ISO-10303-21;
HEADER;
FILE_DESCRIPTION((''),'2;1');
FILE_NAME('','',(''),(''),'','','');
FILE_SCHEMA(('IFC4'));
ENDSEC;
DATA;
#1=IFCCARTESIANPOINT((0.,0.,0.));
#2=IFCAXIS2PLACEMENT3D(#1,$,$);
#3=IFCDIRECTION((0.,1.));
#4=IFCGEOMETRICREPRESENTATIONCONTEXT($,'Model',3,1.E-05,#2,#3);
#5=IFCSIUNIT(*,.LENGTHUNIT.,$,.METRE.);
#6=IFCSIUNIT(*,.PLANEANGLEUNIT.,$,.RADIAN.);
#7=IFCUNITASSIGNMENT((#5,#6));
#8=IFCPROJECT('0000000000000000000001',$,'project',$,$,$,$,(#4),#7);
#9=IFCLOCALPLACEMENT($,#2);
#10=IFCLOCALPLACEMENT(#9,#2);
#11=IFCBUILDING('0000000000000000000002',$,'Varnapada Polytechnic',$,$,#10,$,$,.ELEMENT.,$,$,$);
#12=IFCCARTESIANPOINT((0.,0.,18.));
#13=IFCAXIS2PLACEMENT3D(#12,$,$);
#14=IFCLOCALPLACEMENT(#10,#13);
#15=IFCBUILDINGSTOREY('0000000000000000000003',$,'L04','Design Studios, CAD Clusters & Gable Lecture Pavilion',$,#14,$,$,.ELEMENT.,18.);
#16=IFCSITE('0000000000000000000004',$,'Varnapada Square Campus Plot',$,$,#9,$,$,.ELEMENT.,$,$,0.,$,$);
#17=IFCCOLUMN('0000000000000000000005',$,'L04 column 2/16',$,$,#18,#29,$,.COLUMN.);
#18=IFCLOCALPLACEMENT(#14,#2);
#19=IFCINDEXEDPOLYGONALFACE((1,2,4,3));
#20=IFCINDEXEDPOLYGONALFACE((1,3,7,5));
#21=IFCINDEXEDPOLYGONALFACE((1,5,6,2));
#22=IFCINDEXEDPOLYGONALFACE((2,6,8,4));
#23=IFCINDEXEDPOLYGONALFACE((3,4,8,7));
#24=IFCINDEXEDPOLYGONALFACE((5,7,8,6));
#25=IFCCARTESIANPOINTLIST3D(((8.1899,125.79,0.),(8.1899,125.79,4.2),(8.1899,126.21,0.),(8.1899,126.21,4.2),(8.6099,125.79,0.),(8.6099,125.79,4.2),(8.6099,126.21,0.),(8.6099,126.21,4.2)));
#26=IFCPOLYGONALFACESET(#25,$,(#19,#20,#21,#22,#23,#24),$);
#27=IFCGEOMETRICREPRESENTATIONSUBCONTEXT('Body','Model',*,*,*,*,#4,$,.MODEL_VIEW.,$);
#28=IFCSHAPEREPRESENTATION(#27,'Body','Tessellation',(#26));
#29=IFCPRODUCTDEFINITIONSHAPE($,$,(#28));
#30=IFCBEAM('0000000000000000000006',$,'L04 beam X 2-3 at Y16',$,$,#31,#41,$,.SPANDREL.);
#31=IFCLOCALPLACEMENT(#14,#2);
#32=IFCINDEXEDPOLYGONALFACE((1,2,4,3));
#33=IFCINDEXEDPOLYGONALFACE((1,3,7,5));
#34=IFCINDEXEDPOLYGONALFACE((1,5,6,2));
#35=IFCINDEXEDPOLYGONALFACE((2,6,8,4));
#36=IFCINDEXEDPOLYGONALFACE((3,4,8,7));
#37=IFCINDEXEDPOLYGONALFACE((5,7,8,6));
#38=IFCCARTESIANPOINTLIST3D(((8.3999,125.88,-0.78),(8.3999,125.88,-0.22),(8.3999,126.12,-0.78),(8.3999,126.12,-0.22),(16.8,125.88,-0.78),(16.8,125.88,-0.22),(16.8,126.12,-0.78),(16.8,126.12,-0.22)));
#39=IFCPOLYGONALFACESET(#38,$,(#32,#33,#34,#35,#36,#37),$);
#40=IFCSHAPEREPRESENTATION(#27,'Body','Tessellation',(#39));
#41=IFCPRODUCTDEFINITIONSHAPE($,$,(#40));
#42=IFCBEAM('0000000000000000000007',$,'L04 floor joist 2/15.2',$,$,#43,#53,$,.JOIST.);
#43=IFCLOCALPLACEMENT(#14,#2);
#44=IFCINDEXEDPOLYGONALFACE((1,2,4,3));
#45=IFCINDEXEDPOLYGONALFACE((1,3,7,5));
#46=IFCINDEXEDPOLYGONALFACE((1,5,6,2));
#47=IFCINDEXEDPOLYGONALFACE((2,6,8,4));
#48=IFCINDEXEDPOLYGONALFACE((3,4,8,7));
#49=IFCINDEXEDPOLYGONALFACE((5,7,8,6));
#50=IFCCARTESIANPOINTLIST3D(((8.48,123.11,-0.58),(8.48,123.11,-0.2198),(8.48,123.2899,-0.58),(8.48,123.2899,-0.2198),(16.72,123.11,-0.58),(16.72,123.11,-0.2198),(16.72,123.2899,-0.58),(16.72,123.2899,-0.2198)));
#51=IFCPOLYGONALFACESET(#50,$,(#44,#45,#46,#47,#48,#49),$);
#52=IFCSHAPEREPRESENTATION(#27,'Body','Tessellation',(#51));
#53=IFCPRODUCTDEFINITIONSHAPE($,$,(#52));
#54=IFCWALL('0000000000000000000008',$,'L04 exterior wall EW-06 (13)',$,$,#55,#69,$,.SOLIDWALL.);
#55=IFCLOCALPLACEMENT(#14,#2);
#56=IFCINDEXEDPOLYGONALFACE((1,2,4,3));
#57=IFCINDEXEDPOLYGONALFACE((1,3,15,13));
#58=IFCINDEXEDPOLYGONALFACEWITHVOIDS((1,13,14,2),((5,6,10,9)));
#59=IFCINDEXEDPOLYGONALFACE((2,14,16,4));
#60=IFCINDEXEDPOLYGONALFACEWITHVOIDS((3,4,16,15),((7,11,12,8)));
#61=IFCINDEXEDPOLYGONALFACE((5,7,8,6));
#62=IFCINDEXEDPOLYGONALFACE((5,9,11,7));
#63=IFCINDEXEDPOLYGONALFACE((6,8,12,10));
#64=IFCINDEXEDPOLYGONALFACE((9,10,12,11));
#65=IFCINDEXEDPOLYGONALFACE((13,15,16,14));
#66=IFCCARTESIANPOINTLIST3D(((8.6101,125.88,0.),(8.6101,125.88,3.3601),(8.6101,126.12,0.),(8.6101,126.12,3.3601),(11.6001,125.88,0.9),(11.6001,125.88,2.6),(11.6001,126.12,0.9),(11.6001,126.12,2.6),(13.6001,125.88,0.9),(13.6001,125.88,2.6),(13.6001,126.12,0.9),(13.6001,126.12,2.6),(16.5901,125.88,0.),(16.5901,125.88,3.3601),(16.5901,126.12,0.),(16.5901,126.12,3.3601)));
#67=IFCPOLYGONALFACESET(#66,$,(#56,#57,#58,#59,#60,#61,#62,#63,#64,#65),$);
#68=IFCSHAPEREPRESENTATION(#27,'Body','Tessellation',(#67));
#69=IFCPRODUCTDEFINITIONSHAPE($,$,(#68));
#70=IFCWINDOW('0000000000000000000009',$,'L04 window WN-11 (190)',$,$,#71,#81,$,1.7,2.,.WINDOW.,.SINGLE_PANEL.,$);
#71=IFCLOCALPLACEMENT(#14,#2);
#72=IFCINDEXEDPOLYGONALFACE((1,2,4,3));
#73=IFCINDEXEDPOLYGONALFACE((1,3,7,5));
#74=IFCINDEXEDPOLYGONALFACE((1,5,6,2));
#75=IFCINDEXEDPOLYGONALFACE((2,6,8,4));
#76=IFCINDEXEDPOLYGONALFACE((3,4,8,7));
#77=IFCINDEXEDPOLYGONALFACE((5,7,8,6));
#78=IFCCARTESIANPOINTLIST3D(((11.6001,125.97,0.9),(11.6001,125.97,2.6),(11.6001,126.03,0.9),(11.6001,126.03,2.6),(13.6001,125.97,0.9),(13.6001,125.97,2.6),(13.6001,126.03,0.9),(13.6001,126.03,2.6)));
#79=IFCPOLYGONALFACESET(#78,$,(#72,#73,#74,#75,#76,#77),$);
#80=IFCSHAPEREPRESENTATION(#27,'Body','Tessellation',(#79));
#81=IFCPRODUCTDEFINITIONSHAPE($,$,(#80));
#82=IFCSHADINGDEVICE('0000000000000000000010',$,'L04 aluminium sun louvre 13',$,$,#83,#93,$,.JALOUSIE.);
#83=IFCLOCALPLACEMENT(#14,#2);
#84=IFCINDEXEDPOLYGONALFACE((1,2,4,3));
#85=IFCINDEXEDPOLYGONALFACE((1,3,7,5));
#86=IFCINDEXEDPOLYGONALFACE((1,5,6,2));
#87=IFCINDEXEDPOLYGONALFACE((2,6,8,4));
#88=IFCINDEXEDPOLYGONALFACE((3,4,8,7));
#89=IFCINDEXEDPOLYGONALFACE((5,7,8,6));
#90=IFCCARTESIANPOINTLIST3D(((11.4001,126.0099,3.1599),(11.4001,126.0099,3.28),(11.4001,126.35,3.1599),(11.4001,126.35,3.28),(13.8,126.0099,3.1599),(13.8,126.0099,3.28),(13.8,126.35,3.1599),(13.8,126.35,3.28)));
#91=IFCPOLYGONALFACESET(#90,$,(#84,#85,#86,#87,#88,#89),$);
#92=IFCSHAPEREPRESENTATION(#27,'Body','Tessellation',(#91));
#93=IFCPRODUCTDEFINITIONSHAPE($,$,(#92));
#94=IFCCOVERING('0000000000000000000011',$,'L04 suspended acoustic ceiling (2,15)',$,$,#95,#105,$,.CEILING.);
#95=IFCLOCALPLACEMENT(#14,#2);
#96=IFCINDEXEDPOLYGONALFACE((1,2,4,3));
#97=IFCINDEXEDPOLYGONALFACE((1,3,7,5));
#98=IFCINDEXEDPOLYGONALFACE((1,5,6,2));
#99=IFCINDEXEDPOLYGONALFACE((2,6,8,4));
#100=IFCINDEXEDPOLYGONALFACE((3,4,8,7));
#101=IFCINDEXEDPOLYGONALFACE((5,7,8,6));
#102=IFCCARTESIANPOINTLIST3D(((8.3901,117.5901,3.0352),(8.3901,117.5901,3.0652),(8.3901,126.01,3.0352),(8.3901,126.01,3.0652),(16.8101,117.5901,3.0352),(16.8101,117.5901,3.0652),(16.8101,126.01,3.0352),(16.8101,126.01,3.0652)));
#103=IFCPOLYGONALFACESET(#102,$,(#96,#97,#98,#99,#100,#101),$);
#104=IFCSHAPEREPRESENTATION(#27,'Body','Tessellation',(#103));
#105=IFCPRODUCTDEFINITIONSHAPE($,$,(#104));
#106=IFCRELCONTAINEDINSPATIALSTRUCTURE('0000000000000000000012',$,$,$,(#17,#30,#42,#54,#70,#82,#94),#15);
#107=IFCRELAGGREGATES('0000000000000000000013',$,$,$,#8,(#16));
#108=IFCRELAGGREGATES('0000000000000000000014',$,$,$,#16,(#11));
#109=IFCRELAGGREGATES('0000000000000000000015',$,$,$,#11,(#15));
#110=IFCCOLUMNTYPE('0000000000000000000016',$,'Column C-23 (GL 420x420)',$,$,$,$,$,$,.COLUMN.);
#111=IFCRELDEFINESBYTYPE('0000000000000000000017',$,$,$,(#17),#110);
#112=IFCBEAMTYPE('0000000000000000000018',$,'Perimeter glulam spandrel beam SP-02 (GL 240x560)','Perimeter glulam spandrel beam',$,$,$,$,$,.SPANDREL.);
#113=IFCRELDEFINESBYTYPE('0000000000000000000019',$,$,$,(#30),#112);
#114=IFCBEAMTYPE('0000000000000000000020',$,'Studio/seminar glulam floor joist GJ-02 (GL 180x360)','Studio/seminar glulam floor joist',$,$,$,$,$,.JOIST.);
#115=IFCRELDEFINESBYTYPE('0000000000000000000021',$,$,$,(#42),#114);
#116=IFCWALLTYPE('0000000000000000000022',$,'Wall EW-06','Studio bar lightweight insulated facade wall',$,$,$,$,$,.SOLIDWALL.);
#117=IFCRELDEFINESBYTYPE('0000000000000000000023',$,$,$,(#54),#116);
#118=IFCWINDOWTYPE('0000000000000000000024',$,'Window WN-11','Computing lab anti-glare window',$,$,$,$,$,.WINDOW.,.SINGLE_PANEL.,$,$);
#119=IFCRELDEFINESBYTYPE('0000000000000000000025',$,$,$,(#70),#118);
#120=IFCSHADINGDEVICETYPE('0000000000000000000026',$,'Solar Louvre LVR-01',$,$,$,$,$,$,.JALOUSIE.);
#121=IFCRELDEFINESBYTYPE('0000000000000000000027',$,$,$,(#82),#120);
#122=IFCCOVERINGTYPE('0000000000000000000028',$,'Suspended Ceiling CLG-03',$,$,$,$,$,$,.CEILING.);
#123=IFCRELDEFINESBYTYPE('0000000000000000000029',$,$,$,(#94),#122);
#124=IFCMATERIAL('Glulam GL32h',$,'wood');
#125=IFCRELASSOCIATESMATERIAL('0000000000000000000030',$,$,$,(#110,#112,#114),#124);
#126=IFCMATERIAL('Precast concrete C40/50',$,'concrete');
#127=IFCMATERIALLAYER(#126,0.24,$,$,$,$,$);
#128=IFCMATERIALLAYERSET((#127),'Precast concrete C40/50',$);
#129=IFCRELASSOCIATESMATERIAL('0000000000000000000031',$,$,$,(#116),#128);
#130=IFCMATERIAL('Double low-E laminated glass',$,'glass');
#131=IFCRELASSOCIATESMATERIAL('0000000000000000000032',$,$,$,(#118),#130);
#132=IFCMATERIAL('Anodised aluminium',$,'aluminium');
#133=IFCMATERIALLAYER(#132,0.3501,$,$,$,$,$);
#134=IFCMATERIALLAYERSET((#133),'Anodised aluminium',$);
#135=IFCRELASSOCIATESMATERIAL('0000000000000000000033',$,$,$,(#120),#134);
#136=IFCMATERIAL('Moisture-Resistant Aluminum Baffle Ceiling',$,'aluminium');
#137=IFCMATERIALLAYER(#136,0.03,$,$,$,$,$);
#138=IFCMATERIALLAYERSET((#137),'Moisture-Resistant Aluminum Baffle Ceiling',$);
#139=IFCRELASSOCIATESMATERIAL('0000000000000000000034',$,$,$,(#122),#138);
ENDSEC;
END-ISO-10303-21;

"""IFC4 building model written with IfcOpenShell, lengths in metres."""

from ifc_helpers import new_model, si_unit, direction, frame, frame_2d, origin, origin_2d, place, context, subcontext, project, spatial, rectangle, extrude, material, layer, layer_set, material_profile, profile_set, type_object, element, fill, save


model = new_model("IFC4")

# Units and contexts
model_context = context("Model", 3, precision=1e-05, world=origin(), true_north=direction((0.0, 1.0)))
body_context = subcontext(model_context, "Body", "Model", "MODEL_VIEW")
ifc_project = project(units=[si_unit("LENGTHUNIT", "METRE"), si_unit("PLANEANGLEUNIT", "RADIAN")], contexts=[model_context])

# Site, building, storey
site_placement = place(None, origin())
site = spatial("IfcSite", under=ifc_project, at=site_placement, Name="Varnapada Square Campus Plot", CompositionType="ELEMENT", RefElevation=0.0)
building_placement = place(site_placement, origin())
building = spatial("IfcBuilding", under=site, at=building_placement, Name="Varnapada Polytechnic", CompositionType="ELEMENT")
storey_placement = place(building_placement, frame((0.0, 0.0, 18.0)))
storey = spatial("IfcBuildingStorey", under=building, at=storey_placement, Name="L04", Description="Design Studios, CAD Clusters & Gable Lecture Pavilion", CompositionType="ELEMENT", Elevation=18.0)

# Column
ifc_material_1 = material(Name="Glulam GL32h", Category="wood")
ifc_material_profile_1 = material_profile(ifc_material_1, rectangle(XDim=0.4199, YDim=0.4199, at=origin_2d()), Name="GL 420x420")
ifc_profile_set_1 = profile_set([ifc_material_profile_1], Name="Glulam GL32h")
column_type = type_object("IfcColumnType", Name="Column C-23 (GL 420x420)", PredefinedType="COLUMN", material=ifc_profile_set_1)
column_placement = place(storey_placement, frame((8.3999, 126.0, 0.0), z_axis=(0.0, 0.0, 1.0), x_axis=(1.0, 0.0, 0.0)))
element("IfcColumn", 1, at=column_placement, inside=storey, type_object=column_type, Name="L04 column 2/16", PredefinedType="COLUMN", context=body_context, shape_type="SweptSolid", body=[
    extrude(rectangle(XDim=0.4199, YDim=0.4199, at=origin_2d()), origin(), (0.0, 0.0, 1.0), 4.2),
])

# Beams
ifc_material_profile_2 = material_profile(ifc_material_1, rectangle(XDim=0.24, YDim=0.5601, at=origin_2d()), Name="GL 240x560")
ifc_profile_set_2 = profile_set([ifc_material_profile_2], Name="Glulam GL32h")
beam_type_1 = type_object("IfcBeamType", Name="Perimeter glulam spandrel beam SP-02 (GL 240x560)", Description="Perimeter glulam spandrel beam", PredefinedType="SPANDREL", material=ifc_profile_set_2)
beam_1_placement = place(storey_placement, frame((8.3999, 126.0, -0.5), z_axis=(1.0, 0.0, 0.0), x_axis=(0.0, 1.0, 0.0)))
element("IfcBeam", 2, at=beam_1_placement, inside=storey, type_object=beam_type_1, Name="L04 beam X 2-3 at Y16", PredefinedType="SPANDREL", context=body_context, shape_type="SweptSolid", body=[
    extrude(rectangle(XDim=0.24, YDim=0.5601, at=origin_2d()), origin(), (0.0, 0.0, 1.0), 8.4001),
])
ifc_material_profile_3 = material_profile(ifc_material_1, rectangle(XDim=0.1799, YDim=0.3601, at=origin_2d()), Name="GL 180x360")
ifc_profile_set_3 = profile_set([ifc_material_profile_3], Name="Glulam GL32h")
beam_type_2 = type_object("IfcBeamType", Name="Studio/seminar glulam floor joist GJ-02 (GL 180x360)", Description="Studio/seminar glulam floor joist", PredefinedType="JOIST", material=ifc_profile_set_3)
beam_2_placement = place(storey_placement, frame((8.48, 123.2, -0.3999), z_axis=(1.0, 0.0, 0.0), x_axis=(0.0, 1.0, 0.0)))
element("IfcBeam", 3, at=beam_2_placement, inside=storey, type_object=beam_type_2, Name="L04 floor joist 2/15.2", PredefinedType="JOIST", context=body_context, shape_type="SweptSolid", body=[
    extrude(rectangle(XDim=0.1799, YDim=0.3601, at=origin_2d()), origin(), (0.0, 0.0, 1.0), 8.24),
])

# Wall, opening, window
ifc_material_2 = material(Name="Precast concrete C40/50", Category="concrete")
ifc_layer_1 = layer(ifc_material_2, 0.24)
ifc_layer_set_1 = layer_set([ifc_layer_1], Name="Precast concrete C40/50")
wall_type = type_object("IfcWallType", Name="Wall EW-06", Description="Studio bar lightweight insulated facade wall", PredefinedType="SOLIDWALL", material=ifc_layer_set_1)
wall_placement = place(storey_placement, frame((8.6101, 126.0, 0.0), z_axis=(0.0, 0.0, 1.0), x_axis=(1.0, 0.0, 0.0)))
wall = element("IfcWall", 4, at=wall_placement, inside=storey, type_object=wall_type, Name="L04 exterior wall EW-06 (13)", PredefinedType="SOLIDWALL", context=body_context, shape_type="SweptSolid", body=[
    extrude(rectangle(XDim=7.98, YDim=0.24, at=frame_2d((3.99, 0.0))), origin(), (0.0, 0.0, 1.0), 3.3601),
])
opening_1_placement = place(wall_placement, frame((2.99, 0.0, 0.8999)))
opening_1 = element("IfcOpeningElement", 5, at=opening_1_placement, cuts=wall, PredefinedType="OPENING", context=body_context, shape_type="SweptSolid", body=[
    extrude(rectangle(XDim=2.0, YDim=1.7, at=frame_2d((1.0, 0.8501))), frame((0.0, 0.1299, 0.0), z_axis=(0.0, -1.0, 0.0), x_axis=(1.0, 0.0, 0.0)), (0.0, 0.0, 1.0), 0.26),
])
ifc_material_3 = material(Name="Double low-E laminated glass", Category="glass")
window_type = type_object("IfcWindowType", Name="Window WN-11", Description="Computing lab anti-glare window", PartitioningType="SINGLE_PANEL", PredefinedType="WINDOW", material=ifc_material_3)
window_placement = place(opening_1_placement, origin())
window = element("IfcWindow", 6, at=window_placement, inside=storey, type_object=window_type, Name="L04 window WN-11 (190)", OverallHeight=1.7, OverallWidth=2.0, PartitioningType="SINGLE_PANEL", PredefinedType="WINDOW", context=body_context, shape_type="SweptSolid", body=[
    extrude(rectangle(XDim=2.0, YDim=1.7, at=frame_2d((1.0, 0.8501))), frame((0.0, 0.03, 0.0), z_axis=(0.0, -1.0, 0.0), x_axis=(1.0, 0.0, 0.0)), (0.0, 0.0, 1.0), 0.0601),
])
fill(opening_1, window)

# Shading device
ifc_material_4 = material(Name="Anodised aluminium", Category="aluminium")
ifc_layer_2 = layer(ifc_material_4, 0.3501)
ifc_layer_set_2 = layer_set([ifc_layer_2], Name="Anodised aluminium")
shading_device_type = type_object("IfcShadingDeviceType", Name="Solar Louvre LVR-01", PredefinedType="JALOUSIE", material=ifc_layer_set_2)
shading_device_placement = place(storey_placement, frame((12.6001, 126.1799, 3.1599), z_axis=(0.0, 0.0, 1.0), x_axis=(1.0, 0.0, 0.0)))
element("IfcShadingDevice", 7, at=shading_device_placement, inside=storey, type_object=shading_device_type, Name="L04 aluminium sun louvre 13", PredefinedType="JALOUSIE", context=body_context, shape_type="SweptSolid", body=[
    extrude(rectangle(XDim=2.3999, YDim=0.3401, at=origin_2d()), origin(), (0.0, 0.0, 1.0), 0.1201),
])

# Covering
ifc_material_5 = material(Name="Moisture-Resistant Aluminum Baffle Ceiling", Category="aluminium")
ifc_layer_3 = layer(ifc_material_5, 0.03)
ifc_layer_set_3 = layer_set([ifc_layer_3], Name="Moisture-Resistant Aluminum Baffle Ceiling")
covering_type_1 = type_object("IfcCoveringType", Name="Suspended Ceiling CLG-03", PredefinedType="CEILING", material=ifc_layer_set_3)
covering_1_placement = place(storey_placement, frame((12.6001, 121.8, 3.0352), z_axis=(0.0, 0.0, 1.0), x_axis=(1.0, 0.0, 0.0)))
element("IfcCovering", 8, at=covering_1_placement, inside=storey, type_object=covering_type_1, Name="L04 suspended acoustic ceiling (2,15)", PredefinedType="CEILING", context=body_context, shape_type="SweptSolid", body=[
    extrude(rectangle(XDim=8.4199, YDim=8.4199, at=origin_2d()), origin(), (0.0, 0.0, 1.0), 0.03),
])

save(model, "model.ifc")
